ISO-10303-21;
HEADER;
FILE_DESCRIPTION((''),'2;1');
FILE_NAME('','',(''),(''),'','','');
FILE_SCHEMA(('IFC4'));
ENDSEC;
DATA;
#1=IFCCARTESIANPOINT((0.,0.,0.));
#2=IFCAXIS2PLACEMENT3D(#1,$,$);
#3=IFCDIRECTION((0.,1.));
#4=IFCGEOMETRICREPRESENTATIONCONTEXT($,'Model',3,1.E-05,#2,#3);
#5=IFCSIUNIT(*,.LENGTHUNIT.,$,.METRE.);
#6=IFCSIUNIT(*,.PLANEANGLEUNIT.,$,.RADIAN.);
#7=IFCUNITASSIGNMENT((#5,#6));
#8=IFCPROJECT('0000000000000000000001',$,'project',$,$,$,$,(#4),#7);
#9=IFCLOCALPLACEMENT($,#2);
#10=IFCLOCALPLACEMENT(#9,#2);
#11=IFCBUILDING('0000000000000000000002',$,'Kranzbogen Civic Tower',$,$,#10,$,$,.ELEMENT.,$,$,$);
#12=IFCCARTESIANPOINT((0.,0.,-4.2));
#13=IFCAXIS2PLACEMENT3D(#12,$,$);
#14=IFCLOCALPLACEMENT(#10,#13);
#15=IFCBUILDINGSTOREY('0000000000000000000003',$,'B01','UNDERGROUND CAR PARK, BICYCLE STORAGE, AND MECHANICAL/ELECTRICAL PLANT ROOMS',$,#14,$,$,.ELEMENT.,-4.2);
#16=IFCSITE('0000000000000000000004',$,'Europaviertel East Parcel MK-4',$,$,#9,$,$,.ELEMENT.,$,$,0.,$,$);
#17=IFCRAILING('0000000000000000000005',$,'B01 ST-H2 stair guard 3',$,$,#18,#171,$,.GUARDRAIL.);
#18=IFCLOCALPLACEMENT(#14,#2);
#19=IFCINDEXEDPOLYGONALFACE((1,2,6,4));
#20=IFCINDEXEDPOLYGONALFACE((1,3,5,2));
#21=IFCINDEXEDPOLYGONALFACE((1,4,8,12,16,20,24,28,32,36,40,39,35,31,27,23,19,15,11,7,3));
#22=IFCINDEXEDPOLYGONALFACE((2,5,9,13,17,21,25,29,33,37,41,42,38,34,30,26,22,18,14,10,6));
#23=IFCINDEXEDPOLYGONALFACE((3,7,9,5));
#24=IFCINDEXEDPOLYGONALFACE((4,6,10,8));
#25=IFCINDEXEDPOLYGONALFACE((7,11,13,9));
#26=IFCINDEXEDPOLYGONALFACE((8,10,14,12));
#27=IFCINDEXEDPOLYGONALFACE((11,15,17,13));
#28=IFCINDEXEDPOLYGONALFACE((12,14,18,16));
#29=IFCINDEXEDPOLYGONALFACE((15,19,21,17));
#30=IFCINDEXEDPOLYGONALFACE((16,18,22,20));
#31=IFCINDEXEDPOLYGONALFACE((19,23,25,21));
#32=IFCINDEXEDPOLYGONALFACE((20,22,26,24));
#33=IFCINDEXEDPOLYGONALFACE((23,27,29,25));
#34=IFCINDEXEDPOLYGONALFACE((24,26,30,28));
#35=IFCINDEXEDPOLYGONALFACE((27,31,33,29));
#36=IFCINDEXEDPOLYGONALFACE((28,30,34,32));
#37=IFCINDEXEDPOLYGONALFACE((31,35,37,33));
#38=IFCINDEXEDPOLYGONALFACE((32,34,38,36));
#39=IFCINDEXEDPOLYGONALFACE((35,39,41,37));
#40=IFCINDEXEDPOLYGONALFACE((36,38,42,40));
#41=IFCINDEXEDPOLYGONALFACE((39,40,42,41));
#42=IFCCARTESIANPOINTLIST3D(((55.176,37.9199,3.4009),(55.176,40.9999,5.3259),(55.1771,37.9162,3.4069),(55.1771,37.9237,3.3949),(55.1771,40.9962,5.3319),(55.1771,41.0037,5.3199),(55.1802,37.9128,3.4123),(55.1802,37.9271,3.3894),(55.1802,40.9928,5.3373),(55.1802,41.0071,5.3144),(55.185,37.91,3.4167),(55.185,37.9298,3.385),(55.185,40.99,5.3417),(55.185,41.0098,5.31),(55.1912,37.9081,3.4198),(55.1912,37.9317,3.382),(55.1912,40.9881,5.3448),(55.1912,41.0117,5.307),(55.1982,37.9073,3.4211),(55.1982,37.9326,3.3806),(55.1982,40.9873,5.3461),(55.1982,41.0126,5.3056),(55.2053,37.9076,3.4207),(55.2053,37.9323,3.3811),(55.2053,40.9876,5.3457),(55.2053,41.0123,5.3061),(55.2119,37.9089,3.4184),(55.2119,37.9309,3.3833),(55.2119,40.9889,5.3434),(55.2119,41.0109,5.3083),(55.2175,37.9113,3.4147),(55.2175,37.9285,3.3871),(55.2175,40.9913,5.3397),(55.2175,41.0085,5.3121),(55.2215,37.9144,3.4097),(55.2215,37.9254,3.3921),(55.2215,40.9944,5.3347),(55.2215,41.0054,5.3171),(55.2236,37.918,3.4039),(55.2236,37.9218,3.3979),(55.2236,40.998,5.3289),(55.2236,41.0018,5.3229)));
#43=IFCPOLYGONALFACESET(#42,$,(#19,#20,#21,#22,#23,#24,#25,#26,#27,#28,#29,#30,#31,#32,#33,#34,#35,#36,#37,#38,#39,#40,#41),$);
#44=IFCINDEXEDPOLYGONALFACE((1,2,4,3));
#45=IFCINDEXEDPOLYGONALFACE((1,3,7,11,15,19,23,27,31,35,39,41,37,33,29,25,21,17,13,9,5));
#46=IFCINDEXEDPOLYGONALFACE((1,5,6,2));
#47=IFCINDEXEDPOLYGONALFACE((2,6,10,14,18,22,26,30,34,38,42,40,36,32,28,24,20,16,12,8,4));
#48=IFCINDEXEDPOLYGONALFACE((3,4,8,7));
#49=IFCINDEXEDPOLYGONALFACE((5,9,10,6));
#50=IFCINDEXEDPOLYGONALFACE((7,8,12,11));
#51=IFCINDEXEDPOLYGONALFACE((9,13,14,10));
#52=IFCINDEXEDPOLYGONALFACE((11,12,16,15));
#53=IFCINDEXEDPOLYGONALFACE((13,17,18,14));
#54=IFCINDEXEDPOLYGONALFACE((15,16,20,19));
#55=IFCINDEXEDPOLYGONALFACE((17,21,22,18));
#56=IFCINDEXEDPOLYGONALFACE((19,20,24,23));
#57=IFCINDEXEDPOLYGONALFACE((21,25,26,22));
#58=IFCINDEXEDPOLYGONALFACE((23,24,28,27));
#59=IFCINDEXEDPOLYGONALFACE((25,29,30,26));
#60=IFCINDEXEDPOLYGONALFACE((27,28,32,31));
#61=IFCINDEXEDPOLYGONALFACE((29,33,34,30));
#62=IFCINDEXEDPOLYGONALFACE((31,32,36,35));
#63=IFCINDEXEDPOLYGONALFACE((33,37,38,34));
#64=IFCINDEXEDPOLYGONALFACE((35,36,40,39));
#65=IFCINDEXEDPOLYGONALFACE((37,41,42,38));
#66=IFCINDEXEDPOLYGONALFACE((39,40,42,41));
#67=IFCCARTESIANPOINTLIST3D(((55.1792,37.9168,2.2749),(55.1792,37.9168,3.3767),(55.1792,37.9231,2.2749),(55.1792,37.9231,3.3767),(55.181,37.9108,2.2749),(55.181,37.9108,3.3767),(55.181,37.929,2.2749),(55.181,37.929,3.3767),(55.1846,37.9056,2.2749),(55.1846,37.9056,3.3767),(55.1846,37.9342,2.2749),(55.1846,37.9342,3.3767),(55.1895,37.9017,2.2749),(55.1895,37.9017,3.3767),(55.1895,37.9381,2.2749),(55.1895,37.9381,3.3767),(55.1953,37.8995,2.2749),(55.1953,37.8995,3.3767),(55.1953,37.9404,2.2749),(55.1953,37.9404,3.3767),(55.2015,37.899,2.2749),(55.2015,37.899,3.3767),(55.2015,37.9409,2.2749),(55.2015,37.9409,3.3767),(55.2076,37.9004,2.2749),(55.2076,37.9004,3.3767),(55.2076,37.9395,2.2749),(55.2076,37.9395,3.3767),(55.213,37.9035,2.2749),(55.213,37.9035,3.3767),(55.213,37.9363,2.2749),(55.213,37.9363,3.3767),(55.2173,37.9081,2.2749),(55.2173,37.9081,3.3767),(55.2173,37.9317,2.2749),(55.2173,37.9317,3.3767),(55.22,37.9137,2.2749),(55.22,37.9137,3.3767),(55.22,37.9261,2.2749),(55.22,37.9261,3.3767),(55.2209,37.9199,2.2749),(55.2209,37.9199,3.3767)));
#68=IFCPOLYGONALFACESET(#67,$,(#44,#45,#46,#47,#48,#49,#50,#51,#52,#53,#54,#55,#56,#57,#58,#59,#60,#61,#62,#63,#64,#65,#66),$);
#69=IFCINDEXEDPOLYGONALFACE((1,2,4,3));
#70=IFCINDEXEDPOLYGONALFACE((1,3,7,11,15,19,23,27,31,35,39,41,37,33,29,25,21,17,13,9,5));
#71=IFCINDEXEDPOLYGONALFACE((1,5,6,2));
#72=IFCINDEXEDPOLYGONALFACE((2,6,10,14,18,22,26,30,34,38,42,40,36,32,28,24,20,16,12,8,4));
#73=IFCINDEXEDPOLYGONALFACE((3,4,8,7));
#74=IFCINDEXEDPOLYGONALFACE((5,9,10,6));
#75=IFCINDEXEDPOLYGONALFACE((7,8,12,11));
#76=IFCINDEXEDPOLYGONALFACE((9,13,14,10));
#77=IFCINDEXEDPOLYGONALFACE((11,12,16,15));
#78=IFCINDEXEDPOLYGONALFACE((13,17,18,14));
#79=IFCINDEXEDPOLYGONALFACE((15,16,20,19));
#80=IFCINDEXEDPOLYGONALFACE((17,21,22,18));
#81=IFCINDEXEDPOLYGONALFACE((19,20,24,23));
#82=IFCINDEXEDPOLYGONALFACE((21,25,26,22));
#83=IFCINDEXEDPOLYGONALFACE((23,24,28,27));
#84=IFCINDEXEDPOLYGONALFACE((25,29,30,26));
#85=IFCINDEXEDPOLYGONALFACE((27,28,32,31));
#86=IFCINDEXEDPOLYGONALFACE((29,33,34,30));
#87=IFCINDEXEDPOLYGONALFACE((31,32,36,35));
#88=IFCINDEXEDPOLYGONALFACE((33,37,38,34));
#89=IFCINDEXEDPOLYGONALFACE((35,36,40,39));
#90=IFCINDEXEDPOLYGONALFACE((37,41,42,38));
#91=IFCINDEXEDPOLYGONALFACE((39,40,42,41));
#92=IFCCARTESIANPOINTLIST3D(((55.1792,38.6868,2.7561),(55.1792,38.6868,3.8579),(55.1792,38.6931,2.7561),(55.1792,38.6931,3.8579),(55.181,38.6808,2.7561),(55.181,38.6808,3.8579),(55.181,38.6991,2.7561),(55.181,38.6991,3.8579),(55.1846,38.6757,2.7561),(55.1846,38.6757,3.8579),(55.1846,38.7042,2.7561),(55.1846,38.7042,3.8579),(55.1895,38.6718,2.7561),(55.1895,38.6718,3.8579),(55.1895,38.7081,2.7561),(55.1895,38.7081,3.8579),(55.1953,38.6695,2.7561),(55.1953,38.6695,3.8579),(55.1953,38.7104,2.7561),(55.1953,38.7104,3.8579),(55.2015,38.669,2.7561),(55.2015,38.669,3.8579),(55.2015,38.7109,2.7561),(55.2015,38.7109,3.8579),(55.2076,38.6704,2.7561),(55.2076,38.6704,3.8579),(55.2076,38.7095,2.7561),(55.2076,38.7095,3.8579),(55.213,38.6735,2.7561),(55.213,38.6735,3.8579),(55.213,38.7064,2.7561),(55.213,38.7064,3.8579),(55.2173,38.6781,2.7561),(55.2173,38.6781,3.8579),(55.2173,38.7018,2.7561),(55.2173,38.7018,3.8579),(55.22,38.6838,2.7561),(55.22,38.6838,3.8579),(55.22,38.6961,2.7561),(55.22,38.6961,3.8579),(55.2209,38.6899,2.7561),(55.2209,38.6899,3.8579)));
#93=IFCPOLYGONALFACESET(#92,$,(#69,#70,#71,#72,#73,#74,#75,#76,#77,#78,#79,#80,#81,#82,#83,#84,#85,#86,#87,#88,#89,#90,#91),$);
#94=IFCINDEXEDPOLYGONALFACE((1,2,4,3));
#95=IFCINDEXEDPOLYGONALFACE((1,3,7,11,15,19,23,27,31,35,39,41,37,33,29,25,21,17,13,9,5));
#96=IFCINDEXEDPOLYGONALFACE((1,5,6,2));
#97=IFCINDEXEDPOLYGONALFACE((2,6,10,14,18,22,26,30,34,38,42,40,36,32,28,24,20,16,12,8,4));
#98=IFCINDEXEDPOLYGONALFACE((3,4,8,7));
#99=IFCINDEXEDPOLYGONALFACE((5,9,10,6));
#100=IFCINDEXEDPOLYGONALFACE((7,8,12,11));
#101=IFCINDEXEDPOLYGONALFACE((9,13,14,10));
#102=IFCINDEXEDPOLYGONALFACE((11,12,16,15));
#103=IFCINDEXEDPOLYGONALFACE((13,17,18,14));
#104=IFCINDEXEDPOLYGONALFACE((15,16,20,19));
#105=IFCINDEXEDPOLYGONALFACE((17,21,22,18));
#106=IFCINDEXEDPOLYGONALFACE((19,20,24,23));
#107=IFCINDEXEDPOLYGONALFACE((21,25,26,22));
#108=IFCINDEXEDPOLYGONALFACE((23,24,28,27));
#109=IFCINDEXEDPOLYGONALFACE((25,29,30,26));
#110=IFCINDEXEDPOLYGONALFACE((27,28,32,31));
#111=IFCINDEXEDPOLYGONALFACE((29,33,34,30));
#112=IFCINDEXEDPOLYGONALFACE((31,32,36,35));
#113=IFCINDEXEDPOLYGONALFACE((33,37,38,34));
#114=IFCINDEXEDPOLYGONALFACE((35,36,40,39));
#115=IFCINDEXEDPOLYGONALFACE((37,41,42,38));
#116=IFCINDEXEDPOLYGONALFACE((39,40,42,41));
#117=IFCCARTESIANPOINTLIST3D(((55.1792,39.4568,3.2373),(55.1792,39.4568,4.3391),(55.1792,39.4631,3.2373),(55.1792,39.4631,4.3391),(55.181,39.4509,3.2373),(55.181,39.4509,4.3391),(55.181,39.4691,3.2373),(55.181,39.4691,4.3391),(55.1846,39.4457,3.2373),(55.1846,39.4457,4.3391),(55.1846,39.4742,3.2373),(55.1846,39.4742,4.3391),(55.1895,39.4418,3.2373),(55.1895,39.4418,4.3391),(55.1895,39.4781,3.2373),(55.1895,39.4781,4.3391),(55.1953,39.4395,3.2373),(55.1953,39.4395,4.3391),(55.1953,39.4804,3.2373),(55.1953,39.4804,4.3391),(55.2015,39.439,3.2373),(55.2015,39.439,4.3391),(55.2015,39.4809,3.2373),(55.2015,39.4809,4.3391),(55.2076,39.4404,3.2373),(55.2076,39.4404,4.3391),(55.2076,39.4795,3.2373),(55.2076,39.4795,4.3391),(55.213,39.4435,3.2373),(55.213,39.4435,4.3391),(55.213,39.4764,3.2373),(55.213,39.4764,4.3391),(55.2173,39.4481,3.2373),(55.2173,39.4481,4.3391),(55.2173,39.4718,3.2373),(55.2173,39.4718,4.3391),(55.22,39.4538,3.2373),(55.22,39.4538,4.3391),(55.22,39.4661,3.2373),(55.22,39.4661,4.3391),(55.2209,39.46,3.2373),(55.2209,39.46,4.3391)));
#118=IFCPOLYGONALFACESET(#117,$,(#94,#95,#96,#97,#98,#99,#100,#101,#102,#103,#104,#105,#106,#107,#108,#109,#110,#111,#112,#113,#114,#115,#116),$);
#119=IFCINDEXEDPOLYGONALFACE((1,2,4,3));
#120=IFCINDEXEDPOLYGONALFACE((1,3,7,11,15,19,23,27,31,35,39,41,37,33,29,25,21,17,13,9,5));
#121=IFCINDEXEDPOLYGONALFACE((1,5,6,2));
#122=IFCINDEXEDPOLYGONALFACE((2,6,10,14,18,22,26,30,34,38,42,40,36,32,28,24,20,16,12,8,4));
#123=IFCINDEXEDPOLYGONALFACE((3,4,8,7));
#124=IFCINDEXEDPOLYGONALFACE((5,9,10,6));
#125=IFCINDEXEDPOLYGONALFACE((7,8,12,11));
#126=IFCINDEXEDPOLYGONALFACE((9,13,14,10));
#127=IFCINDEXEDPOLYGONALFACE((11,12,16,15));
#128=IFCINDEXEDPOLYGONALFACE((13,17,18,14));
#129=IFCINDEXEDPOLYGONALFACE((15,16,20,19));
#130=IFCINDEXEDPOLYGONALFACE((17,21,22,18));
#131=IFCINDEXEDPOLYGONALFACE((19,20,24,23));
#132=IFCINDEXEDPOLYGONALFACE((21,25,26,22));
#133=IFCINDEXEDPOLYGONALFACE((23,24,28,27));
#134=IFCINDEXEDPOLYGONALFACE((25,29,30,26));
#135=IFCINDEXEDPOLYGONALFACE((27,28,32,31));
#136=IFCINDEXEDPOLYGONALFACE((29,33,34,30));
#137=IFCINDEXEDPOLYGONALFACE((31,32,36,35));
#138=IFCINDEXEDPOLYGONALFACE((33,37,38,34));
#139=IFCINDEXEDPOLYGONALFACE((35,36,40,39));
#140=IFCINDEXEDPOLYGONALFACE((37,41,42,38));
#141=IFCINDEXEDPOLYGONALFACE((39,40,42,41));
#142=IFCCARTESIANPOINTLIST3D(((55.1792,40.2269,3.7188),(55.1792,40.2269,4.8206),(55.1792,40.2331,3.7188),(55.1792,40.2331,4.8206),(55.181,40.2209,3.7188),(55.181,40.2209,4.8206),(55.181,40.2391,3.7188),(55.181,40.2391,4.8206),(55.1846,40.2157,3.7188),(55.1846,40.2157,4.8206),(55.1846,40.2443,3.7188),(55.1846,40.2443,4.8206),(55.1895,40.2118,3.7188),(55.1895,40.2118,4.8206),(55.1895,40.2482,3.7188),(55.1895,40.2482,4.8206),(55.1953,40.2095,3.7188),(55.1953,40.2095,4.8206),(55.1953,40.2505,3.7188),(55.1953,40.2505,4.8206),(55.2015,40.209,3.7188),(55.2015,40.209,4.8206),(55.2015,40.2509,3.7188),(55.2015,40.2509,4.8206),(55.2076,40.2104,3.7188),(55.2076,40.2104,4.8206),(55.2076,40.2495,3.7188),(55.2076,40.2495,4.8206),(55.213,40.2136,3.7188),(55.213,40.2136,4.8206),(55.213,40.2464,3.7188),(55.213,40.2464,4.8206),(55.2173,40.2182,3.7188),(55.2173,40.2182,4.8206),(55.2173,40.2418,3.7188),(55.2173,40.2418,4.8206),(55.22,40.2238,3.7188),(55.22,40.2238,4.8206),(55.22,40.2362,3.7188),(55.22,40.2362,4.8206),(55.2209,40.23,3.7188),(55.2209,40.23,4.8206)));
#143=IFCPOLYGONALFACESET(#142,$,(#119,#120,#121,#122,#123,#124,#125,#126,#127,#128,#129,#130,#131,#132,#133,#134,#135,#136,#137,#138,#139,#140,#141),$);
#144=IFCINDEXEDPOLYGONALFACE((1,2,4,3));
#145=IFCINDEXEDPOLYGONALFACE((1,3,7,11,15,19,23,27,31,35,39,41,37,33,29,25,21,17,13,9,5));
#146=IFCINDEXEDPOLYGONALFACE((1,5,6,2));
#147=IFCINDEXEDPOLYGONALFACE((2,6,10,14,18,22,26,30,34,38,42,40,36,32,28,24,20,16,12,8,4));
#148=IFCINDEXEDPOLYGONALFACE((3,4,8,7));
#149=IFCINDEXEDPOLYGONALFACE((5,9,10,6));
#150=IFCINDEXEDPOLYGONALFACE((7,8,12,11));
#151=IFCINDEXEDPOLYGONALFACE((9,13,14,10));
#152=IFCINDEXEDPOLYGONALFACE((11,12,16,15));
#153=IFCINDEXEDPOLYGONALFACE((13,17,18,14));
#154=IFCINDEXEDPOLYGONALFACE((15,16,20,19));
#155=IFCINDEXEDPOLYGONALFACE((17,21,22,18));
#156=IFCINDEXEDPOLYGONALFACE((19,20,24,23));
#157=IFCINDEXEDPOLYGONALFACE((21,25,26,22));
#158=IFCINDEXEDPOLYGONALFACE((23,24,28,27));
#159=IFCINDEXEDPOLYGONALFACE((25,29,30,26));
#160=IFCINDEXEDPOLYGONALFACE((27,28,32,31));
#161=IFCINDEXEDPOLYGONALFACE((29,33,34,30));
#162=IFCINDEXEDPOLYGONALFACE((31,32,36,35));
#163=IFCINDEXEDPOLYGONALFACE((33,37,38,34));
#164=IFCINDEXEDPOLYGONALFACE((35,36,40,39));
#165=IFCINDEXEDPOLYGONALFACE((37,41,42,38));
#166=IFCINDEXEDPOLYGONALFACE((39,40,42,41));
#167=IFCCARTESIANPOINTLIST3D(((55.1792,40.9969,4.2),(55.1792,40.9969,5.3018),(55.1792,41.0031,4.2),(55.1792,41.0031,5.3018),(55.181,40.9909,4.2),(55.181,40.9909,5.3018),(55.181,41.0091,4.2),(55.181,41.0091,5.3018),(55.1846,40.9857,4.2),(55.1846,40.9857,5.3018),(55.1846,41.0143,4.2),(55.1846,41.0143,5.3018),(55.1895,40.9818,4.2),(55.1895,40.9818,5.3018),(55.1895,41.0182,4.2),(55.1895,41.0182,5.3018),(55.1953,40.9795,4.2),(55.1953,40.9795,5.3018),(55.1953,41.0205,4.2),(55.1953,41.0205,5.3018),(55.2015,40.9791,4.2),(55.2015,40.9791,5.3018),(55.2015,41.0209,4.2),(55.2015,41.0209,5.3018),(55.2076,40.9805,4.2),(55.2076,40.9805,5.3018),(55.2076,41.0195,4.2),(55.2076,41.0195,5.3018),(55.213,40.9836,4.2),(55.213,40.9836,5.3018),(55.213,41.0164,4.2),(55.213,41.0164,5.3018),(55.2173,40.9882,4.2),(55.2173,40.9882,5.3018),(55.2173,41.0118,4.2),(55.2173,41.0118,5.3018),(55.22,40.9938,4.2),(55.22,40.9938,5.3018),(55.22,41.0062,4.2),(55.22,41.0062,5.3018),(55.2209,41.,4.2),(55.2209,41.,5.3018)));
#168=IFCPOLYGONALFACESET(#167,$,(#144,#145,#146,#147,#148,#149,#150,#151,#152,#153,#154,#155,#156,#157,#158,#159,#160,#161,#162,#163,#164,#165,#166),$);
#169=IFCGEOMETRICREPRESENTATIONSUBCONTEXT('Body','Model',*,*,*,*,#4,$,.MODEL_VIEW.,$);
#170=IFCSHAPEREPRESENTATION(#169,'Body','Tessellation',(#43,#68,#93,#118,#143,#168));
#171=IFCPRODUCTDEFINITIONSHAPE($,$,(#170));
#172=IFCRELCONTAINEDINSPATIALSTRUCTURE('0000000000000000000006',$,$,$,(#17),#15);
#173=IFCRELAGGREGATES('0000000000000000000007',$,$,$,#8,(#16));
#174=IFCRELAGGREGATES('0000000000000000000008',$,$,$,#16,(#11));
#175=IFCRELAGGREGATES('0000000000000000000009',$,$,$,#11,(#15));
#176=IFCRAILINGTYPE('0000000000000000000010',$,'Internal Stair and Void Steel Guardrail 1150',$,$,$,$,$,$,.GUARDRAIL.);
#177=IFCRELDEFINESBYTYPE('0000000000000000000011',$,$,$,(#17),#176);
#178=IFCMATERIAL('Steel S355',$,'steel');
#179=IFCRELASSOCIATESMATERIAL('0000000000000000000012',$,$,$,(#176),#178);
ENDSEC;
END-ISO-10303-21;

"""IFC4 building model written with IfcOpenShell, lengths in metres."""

from ifc_helpers import new_model, si_unit, direction, frame, origin, origin_2d, place, context, subcontext, project, spatial, circle, extrude, material, type_object, element, save


model = new_model("IFC4")

# Units and contexts
model_context = context("Model", 3, precision=1e-05, world=origin(), true_north=direction((0.0, 1.0)))
body_context = subcontext(model_context, "Body", "Model", "MODEL_VIEW")
ifc_project = project(units=[si_unit("LENGTHUNIT", "METRE"), si_unit("PLANEANGLEUNIT", "RADIAN")], contexts=[model_context])

# Site, building, storey
site_placement = place(None, origin())
site = spatial("IfcSite", under=ifc_project, at=site_placement, Name="Europaviertel East Parcel MK-4", CompositionType="ELEMENT", RefElevation=0.0)
building_placement = place(site_placement, origin())
building = spatial("IfcBuilding", under=site, at=building_placement, Name="Kranzbogen Civic Tower", CompositionType="ELEMENT")
storey_placement = place(building_placement, frame((0.0, 0.0, -4.2)))
storey = spatial("IfcBuildingStorey", under=building, at=storey_placement, Name="B01", Description="UNDERGROUND CAR PARK, BICYCLE STORAGE, AND MECHANICAL/ELECTRICAL PLANT ROOMS", CompositionType="ELEMENT", Elevation=-4.2)

# Shared definitions
ifc_material_1 = material(Name="Steel S355", Category="steel")

# Railing
railing_type_1 = type_object("IfcRailingType", Name="Internal Stair and Void Steel Guardrail 1150", PredefinedType="GUARDRAIL", material=ifc_material_1)
railing_1_placement = place(storey_placement, frame((55.2, 37.9199, 2.2749)))
element("IfcRailing", 1, at=railing_1_placement, inside=storey, type_object=railing_type_1, Name="B01 ST-H2 stair guard 3", PredefinedType="GUARDRAIL", context=body_context, shape_type="SweptSolid", body=[
    extrude(circle(Radius=0.0239, at=origin_2d()), frame((0.0, 0.0, 1.126), z_axis=(0.0, 0.847998, 0.529999), x_axis=(-1.0, 0.0, 0.0)), (0.0, 0.0, 1.0), 3.6321),
    extrude(circle(Radius=0.021, at=origin_2d()), origin(), (0.0, 0.0, 1.0), 1.1018),
    extrude(circle(Radius=0.021, at=origin_2d()), frame((0.0, 0.77, 0.4812)), (0.0, 0.0, 1.0), 1.1018),
    extrude(circle(Radius=0.021, at=origin_2d()), frame((0.0, 1.54, 0.9624)), (0.0, 0.0, 1.0), 1.1018),
    extrude(circle(Radius=0.021, at=origin_2d()), frame((0.0, 2.3101, 1.4438)), (0.0, 0.0, 1.0), 1.1018),
    extrude(circle(Radius=0.021, at=origin_2d()), frame((0.0, 3.0801, 1.925)), (0.0, 0.0, 1.0), 1.1018),
])

save(model, "model.ifc")
